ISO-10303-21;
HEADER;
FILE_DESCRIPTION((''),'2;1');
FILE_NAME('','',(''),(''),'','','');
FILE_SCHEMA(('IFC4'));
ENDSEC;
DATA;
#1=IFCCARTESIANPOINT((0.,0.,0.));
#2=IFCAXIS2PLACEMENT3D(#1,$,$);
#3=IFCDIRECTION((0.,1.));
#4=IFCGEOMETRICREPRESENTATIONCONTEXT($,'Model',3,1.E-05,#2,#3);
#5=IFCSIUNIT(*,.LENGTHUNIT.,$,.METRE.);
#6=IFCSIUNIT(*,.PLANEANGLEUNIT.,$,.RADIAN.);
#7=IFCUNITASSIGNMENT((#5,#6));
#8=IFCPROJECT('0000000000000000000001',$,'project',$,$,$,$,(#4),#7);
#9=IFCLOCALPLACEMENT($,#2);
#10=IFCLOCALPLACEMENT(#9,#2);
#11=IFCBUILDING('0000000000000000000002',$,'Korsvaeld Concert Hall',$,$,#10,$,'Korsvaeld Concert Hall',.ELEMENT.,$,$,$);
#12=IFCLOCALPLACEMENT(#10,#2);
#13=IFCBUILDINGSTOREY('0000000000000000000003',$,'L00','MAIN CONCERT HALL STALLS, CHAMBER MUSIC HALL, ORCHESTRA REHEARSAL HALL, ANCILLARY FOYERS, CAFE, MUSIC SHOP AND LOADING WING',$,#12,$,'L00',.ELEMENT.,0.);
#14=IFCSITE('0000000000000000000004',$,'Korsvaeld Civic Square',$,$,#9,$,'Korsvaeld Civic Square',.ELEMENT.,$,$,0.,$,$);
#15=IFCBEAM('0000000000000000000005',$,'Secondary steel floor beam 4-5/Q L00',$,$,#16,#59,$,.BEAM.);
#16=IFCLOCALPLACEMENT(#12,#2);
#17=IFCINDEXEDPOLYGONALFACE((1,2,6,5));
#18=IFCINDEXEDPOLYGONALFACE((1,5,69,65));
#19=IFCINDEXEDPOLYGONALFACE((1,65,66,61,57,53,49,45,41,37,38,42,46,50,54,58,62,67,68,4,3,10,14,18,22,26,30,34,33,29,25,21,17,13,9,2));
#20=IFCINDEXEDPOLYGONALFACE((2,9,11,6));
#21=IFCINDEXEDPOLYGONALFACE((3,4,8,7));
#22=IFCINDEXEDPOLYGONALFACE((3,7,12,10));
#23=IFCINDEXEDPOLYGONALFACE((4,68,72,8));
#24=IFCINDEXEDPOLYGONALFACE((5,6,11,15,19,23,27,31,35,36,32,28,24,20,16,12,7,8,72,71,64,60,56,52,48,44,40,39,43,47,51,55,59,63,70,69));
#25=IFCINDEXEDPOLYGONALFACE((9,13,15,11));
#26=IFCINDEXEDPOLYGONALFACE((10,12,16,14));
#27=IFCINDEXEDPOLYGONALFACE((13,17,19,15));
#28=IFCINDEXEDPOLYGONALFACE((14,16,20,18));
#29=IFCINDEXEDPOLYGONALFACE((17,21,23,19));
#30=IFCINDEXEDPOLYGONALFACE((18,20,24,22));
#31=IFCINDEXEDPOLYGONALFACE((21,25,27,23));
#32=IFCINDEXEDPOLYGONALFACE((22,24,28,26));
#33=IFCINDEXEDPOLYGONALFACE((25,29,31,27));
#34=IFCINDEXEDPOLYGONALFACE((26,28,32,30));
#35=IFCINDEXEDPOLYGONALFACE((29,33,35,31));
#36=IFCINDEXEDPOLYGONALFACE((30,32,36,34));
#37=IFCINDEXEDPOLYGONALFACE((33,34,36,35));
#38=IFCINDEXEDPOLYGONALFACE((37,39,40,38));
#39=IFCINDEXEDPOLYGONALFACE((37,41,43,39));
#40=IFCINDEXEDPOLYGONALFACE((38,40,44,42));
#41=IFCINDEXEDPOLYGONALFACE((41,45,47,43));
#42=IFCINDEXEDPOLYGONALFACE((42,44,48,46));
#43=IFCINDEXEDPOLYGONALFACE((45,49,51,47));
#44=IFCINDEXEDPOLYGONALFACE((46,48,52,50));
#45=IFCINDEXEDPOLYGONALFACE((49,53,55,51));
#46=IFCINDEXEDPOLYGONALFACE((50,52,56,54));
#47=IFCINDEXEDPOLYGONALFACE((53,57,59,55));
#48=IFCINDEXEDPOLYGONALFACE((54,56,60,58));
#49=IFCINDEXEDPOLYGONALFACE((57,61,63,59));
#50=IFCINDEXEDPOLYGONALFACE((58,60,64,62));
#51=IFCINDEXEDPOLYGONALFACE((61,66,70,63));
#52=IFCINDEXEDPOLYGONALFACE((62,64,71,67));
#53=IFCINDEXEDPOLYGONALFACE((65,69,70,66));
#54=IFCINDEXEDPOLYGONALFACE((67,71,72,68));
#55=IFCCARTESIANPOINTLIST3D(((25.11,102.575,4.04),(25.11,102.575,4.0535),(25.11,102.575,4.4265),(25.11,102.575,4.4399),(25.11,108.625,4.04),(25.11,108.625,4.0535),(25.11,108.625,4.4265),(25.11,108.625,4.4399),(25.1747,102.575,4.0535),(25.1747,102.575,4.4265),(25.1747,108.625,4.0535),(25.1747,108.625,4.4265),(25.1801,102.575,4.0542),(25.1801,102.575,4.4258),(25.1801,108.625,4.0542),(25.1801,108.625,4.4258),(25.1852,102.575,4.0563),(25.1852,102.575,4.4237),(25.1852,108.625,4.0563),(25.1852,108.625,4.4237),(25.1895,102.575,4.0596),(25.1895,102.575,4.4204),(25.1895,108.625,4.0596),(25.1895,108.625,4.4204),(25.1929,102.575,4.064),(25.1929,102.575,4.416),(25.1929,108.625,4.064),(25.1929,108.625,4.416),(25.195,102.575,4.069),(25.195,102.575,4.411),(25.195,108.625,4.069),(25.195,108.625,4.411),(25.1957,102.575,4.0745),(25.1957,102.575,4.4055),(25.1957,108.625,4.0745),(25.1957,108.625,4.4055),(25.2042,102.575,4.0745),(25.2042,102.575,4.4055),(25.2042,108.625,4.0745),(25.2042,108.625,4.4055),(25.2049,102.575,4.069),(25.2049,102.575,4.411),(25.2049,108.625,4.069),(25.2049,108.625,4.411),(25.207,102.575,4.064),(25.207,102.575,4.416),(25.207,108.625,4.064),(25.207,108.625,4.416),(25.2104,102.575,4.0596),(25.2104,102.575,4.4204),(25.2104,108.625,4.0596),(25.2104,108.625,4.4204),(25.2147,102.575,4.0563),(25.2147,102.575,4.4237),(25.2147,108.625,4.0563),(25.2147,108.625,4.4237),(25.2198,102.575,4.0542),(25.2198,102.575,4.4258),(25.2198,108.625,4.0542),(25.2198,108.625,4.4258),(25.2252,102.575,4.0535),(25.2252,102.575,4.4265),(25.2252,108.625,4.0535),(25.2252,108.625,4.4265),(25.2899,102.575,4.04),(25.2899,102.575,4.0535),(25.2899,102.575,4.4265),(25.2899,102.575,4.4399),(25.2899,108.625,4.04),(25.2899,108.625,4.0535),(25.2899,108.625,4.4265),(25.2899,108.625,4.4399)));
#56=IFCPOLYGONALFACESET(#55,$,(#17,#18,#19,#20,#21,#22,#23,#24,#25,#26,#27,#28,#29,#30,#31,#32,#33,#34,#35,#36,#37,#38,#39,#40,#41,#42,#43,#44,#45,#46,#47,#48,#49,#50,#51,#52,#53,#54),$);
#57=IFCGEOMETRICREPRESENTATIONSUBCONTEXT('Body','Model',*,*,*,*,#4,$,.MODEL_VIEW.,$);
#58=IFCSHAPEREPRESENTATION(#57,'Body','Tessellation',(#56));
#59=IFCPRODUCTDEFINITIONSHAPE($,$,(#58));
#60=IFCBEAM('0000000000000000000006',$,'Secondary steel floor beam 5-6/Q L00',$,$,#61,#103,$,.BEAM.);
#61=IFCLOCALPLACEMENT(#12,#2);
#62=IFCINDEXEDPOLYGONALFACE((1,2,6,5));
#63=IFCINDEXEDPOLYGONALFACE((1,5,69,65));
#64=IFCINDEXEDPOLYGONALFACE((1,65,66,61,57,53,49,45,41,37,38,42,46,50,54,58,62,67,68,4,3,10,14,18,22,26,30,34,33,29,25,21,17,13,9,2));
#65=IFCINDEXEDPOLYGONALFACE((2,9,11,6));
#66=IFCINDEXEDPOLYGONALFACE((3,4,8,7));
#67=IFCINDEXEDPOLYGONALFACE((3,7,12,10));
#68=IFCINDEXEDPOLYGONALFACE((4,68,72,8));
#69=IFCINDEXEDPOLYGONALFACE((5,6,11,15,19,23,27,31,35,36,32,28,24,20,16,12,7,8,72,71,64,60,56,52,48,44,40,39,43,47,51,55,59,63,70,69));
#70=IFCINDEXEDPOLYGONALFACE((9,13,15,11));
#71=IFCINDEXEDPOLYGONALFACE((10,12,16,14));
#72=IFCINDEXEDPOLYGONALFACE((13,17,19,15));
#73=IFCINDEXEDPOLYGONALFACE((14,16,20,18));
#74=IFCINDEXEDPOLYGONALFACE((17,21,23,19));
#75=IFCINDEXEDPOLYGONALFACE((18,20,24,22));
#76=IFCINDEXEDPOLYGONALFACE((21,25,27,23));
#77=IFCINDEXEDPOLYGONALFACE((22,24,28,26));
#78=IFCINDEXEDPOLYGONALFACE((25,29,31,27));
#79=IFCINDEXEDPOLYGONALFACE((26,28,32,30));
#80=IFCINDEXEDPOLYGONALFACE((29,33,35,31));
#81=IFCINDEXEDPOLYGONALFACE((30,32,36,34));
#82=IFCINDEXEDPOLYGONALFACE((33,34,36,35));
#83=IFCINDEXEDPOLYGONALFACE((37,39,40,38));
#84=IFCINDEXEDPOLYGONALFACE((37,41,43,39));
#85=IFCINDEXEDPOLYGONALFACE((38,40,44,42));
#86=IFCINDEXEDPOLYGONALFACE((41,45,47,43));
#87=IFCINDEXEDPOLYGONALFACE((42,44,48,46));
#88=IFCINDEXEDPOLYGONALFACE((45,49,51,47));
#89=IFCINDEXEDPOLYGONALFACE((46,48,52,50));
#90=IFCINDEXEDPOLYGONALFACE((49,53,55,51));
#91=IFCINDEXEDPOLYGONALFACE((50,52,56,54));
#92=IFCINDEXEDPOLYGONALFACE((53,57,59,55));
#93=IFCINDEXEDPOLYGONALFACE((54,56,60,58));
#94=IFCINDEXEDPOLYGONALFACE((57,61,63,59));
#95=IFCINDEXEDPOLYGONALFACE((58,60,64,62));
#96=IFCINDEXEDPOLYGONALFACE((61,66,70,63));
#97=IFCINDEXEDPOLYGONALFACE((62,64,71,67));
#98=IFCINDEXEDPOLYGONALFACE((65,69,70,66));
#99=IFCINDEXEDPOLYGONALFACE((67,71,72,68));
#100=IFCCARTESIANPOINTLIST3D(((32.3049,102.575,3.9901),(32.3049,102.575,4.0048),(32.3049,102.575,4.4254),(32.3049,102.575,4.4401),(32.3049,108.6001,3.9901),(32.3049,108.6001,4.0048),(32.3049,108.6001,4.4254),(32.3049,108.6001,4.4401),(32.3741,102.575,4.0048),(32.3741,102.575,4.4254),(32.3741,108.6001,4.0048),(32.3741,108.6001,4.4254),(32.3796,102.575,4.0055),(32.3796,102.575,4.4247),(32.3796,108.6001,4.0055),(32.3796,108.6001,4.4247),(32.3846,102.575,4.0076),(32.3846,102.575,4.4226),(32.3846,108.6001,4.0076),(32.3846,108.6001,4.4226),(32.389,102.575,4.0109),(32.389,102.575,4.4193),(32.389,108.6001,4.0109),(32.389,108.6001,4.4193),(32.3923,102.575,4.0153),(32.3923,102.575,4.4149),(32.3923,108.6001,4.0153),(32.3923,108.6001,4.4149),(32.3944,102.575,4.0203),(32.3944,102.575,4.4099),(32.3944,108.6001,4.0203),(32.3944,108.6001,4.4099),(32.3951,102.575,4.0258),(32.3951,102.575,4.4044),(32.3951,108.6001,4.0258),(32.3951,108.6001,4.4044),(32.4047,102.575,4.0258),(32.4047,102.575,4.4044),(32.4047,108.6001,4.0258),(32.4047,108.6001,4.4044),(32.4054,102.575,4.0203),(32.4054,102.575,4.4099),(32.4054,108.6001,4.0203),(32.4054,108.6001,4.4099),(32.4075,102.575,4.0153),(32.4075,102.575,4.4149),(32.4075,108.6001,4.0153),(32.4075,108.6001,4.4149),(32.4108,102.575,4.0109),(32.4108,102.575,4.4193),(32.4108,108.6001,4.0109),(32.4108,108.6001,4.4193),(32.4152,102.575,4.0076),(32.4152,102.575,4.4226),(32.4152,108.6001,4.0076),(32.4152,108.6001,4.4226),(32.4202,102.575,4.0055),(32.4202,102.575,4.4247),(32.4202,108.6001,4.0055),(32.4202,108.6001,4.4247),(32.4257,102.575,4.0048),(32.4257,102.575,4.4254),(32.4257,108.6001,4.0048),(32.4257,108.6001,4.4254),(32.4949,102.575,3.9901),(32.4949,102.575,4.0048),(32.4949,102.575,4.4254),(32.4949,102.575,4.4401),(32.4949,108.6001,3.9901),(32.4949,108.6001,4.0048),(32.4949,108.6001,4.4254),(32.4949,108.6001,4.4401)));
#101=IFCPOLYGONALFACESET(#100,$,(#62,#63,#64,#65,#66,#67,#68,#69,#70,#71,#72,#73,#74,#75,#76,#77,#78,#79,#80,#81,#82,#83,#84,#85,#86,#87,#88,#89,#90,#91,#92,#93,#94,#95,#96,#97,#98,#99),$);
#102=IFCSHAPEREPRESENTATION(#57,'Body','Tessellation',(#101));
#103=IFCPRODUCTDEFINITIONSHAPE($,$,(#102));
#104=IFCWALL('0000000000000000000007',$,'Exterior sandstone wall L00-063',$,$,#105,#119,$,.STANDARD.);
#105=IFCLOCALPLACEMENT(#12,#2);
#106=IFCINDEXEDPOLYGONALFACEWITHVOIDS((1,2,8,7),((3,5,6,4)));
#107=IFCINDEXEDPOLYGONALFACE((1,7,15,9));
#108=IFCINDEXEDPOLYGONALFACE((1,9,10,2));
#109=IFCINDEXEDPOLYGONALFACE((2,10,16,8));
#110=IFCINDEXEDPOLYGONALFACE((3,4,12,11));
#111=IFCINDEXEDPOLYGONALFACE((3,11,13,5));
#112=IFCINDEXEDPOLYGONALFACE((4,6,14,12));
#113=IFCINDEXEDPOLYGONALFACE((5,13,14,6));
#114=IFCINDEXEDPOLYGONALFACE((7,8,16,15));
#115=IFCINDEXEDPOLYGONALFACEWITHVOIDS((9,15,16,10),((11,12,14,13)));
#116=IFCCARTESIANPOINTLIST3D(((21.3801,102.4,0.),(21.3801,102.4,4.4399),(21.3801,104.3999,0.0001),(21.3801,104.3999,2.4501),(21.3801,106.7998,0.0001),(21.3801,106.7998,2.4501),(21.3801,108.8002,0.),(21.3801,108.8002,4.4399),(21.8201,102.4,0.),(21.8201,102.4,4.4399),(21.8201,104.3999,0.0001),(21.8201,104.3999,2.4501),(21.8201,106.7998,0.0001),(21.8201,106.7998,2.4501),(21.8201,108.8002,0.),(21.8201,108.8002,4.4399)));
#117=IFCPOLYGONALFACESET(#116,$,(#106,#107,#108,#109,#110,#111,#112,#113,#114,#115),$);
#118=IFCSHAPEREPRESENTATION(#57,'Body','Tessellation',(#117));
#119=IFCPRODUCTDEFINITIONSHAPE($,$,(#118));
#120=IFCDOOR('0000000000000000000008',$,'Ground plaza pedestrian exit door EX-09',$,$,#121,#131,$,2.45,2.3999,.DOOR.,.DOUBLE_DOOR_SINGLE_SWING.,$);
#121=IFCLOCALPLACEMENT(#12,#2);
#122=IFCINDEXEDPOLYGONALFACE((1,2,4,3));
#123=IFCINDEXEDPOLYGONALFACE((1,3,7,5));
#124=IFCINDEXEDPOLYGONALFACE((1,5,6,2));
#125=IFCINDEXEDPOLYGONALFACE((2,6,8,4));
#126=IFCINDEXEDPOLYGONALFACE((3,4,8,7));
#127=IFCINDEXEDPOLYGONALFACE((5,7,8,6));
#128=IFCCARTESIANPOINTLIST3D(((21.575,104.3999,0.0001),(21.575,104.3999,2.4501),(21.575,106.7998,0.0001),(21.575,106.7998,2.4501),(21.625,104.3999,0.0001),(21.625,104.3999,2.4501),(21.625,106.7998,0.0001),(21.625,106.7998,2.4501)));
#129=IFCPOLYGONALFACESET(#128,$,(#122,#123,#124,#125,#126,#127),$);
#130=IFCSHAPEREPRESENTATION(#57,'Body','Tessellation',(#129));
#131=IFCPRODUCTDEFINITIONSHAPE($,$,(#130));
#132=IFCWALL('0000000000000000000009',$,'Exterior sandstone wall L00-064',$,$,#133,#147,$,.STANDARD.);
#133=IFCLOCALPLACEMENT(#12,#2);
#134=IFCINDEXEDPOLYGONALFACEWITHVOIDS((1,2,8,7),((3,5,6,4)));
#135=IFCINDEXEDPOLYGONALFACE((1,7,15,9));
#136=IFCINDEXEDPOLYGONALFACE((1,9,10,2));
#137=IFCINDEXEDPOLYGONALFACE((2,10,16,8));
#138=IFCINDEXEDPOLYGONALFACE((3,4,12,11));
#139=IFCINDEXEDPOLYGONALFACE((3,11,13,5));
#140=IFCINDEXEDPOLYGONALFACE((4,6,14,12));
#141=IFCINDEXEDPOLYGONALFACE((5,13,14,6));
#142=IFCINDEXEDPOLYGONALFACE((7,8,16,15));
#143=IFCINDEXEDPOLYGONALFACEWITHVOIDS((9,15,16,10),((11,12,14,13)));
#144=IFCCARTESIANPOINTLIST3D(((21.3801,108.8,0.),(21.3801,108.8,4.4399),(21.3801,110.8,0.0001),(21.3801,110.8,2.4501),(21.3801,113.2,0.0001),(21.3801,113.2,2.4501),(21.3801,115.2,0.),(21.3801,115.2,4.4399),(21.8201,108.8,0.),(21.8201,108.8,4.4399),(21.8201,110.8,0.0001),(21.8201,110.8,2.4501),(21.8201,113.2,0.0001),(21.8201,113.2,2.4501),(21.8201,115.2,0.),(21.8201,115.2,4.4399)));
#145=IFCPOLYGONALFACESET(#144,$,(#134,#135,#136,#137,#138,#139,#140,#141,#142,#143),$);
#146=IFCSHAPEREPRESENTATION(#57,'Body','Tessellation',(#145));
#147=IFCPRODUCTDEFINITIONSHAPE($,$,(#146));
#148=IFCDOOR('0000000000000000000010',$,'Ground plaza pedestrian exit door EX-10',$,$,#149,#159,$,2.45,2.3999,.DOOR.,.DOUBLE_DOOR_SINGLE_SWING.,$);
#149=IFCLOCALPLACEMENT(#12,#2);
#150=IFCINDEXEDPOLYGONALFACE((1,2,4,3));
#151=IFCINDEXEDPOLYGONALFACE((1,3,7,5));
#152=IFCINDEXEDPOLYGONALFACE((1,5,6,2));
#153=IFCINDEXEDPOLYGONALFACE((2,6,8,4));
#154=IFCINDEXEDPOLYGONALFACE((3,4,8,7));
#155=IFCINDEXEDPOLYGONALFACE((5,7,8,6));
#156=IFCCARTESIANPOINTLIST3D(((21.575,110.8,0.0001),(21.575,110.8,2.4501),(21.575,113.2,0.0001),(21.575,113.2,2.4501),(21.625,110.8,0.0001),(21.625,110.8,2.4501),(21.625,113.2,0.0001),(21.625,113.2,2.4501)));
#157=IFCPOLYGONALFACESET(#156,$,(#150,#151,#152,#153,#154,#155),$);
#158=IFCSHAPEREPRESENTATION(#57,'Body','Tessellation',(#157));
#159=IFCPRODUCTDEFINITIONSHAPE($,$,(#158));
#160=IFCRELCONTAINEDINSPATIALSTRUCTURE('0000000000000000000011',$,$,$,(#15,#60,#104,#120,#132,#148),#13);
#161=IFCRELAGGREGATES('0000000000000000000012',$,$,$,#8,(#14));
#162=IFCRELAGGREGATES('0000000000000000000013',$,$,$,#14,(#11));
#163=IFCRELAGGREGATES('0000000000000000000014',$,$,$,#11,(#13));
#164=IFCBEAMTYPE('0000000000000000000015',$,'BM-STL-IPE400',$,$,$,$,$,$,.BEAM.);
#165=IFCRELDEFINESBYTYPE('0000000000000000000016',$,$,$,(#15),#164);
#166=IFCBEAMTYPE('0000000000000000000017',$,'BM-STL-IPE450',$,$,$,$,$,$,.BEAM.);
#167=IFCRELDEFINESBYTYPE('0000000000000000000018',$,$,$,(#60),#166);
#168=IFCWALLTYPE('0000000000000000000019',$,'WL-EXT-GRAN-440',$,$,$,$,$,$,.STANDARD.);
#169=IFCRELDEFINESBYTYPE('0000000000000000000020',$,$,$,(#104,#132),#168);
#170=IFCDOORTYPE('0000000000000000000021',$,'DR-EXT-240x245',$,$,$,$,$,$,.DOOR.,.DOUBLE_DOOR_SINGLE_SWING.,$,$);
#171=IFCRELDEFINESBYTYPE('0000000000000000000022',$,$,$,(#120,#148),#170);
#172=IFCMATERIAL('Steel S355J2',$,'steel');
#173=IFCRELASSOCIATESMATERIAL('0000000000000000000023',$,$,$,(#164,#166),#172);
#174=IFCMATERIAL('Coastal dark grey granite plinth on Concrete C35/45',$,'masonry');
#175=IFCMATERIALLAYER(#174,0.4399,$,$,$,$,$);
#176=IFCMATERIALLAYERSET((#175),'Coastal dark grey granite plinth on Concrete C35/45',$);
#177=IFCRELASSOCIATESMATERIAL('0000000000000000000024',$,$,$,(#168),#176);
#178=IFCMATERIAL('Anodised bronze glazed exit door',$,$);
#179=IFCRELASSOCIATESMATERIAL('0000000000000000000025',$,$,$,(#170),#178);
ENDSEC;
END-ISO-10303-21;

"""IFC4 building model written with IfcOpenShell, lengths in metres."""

from ifc_helpers import new_model, si_unit, direction, frame, frame_2d, origin, origin_2d, place, context, subcontext, project, spatial, rectangle, i_section, extrude, material, layer, layer_set, material_profile, profile_set, type_object, element, fill, save


model = new_model("IFC4")

# Units and contexts
model_context = context("Model", 3, precision=1e-05, world=origin(), true_north=direction((0.0, 1.0)))
body_context = subcontext(model_context, "Body", "Model", "MODEL_VIEW")
ifc_project = project(units=[si_unit("LENGTHUNIT", "METRE"), si_unit("PLANEANGLEUNIT", "RADIAN")], contexts=[model_context])

# Site, building, storey
site_placement = place(None, origin())
site = spatial("IfcSite", under=ifc_project, at=site_placement, Name="Korsvaeld Civic Square", LongName="Korsvaeld Civic Square", CompositionType="ELEMENT", RefElevation=0.0)
building_placement = place(site_placement, origin())
building = spatial("IfcBuilding", under=site, at=building_placement, Name="Korsvaeld Concert Hall", LongName="Korsvaeld Concert Hall", CompositionType="ELEMENT")
storey_placement = place(building_placement, origin())
storey = spatial("IfcBuildingStorey", under=building, at=storey_placement, Name="L00", Description="MAIN CONCERT HALL STALLS, CHAMBER MUSIC HALL, ORCHESTRA REHEARSAL HALL, ANCILLARY FOYERS, CAFE, MUSIC SHOP AND LOADING WING", LongName="L00", CompositionType="ELEMENT", Elevation=0.0)

# Beams
ifc_material_1 = material(Name="Steel S355J2", Category="steel")
ifc_material_profile_1 = material_profile(ifc_material_1, i_section(OverallWidth=0.1799, OverallDepth=0.3999, WebThickness=0.0085, FlangeThickness=0.0134, FilletRadius=0.021, at=origin_2d()), Name="IPE 400")
ifc_profile_set_1 = profile_set([ifc_material_profile_1], Name="Steel S355J2")
beam_type_1 = type_object("IfcBeamType", Name="BM-STL-IPE400", PredefinedType="BEAM", material=ifc_profile_set_1)
beam_1_placement = place(storey_placement, frame((25.2, 102.575, 4.24), z_axis=(0.0, 1.0, 0.0), x_axis=(-1.0, 0.0, 0.0)))
element("IfcBeam", 1, at=beam_1_placement, inside=storey, type_object=beam_type_1, Name="Secondary steel floor beam 4-5/Q L00", PredefinedType="BEAM", context=body_context, shape_type="SweptSolid", body=[
    extrude(i_section(OverallWidth=0.1799, OverallDepth=0.3999, WebThickness=0.0085, FlangeThickness=0.0134, FilletRadius=0.021, at=origin_2d()), origin(), (0.0, 0.0, 1.0), 6.05),
])
ifc_material_profile_2 = material_profile(ifc_material_1, i_section(OverallWidth=0.1899, OverallDepth=0.45, WebThickness=0.0095, FlangeThickness=0.0146, FilletRadius=0.021, at=origin_2d()), Name="IPE 450")
ifc_profile_set_2 = profile_set([ifc_material_profile_2], Name="Steel S355J2")
beam_type_2 = type_object("IfcBeamType", Name="BM-STL-IPE450", PredefinedType="BEAM", material=ifc_profile_set_2)
beam_2_placement = place(storey_placement, frame((32.3999, 102.575, 4.2151), z_axis=(0.0, 1.0, 0.0), x_axis=(-1.0, 0.0, 0.0)))
element("IfcBeam", 2, at=beam_2_placement, inside=storey, type_object=beam_type_2, Name="Secondary steel floor beam 5-6/Q L00", PredefinedType="BEAM", context=body_context, shape_type="SweptSolid", body=[
    extrude(i_section(OverallWidth=0.1899, OverallDepth=0.45, WebThickness=0.0095, FlangeThickness=0.0146, FilletRadius=0.021, at=origin_2d()), origin(), (0.0, 0.0, 1.0), 6.0251),
])

# Walls, openings, doors
ifc_material_2 = material(Name="Coastal dark grey granite plinth on Concrete C35/45", Category="masonry")
ifc_layer_1 = layer(ifc_material_2, 0.4399)
ifc_layer_set_1 = layer_set([ifc_layer_1], Name="Coastal dark grey granite plinth on Concrete C35/45")
wall_type_1 = type_object("IfcWallType", Name="WL-EXT-GRAN-440", PredefinedType="STANDARD", material=ifc_layer_set_1)
wall_1_placement = place(storey_placement, frame((21.6001, 102.3999, 0.0), z_axis=(0.0, 0.0, 1.0), x_axis=(0.0, 1.0, 0.0)))
wall_1 = element("IfcWall", 3, at=wall_1_placement, inside=storey, type_object=wall_type_1, Name="Exterior sandstone wall L00-063", PredefinedType="STANDARD", context=body_context, shape_type="SweptSolid", body=[
    extrude(rectangle(XDim=6.4001, YDim=0.4399, at=frame_2d((3.2002, 0.0))), origin(), (0.0, 0.0, 1.0), 4.4399),
])
opening_1_placement = place(wall_1_placement, frame((2.0, 0.0, 0.0)))
opening_1 = element("IfcOpeningElement", 4, at=opening_1_placement, cuts=wall_1, PredefinedType="OPENING", context=body_context, shape_type="SweptSolid", body=[
    extrude(rectangle(XDim=2.3999, YDim=2.45, at=frame_2d((1.2, 1.2251))), frame((0.0, 0.23, 0.0), z_axis=(0.0, -1.0, 0.0), x_axis=(1.0, 0.0, 0.0)), (0.0, 0.0, 1.0), 0.46),
])
ifc_material_3 = material(Name="Anodised bronze glazed exit door")
door_type_1 = type_object("IfcDoorType", Name="DR-EXT-240x245", OperationType="DOUBLE_DOOR_SINGLE_SWING", PredefinedType="DOOR", material=ifc_material_3)
door_1_placement = place(opening_1_placement, frame((2.3999, 0.0, 0.0), z_axis=(0.0, 0.0, 1.0), x_axis=(-1.0, 0.0, 0.0)))
door_1 = element("IfcDoor", 5, at=door_1_placement, inside=storey, type_object=door_type_1, Name="Ground plaza pedestrian exit door EX-09", OperationType="DOUBLE_DOOR_SINGLE_SWING", OverallHeight=2.45, OverallWidth=2.3999, PredefinedType="DOOR", context=body_context, shape_type="SweptSolid", body=[
    extrude(rectangle(XDim=2.3999, YDim=2.45, at=frame_2d((1.2, 1.2251))), frame((0.0, 0.0249, 0.0), z_axis=(0.0, -1.0, 0.0), x_axis=(1.0, 0.0, 0.0)), (0.0, 0.0, 1.0), 0.05),
])
fill(opening_1, door_1)
wall_2_placement = place(storey_placement, frame((21.6001, 108.8, 0.0), z_axis=(0.0, 0.0, 1.0), x_axis=(0.0, 1.0, 0.0)))
wall_2 = element("IfcWall", 6, at=wall_2_placement, inside=storey, type_object=wall_type_1, Name="Exterior sandstone wall L00-064", PredefinedType="STANDARD", context=body_context, shape_type="SweptSolid", body=[
    extrude(rectangle(XDim=6.3999, YDim=0.4399, at=frame_2d((3.2, 0.0))), origin(), (0.0, 0.0, 1.0), 4.4399),
])
opening_2_placement = place(wall_2_placement, frame((2.0, 0.0, 0.0)))
opening_2 = element("IfcOpeningElement", 7, at=opening_2_placement, cuts=wall_2, PredefinedType="OPENING", context=body_context, shape_type="SweptSolid", body=[
    extrude(rectangle(XDim=2.3999, YDim=2.45, at=frame_2d((1.2, 1.2251))), frame((0.0, 0.23, 0.0), z_axis=(0.0, -1.0, 0.0), x_axis=(1.0, 0.0, 0.0)), (0.0, 0.0, 1.0), 0.46),
])
door_2_placement = place(opening_2_placement, frame((2.3999, 0.0, 0.0), z_axis=(0.0, 0.0, 1.0), x_axis=(-1.0, 0.0, 0.0)))
door_2 = element("IfcDoor", 8, at=door_2_placement, inside=storey, type_object=door_type_1, Name="Ground plaza pedestrian exit door EX-10", OperationType="DOUBLE_DOOR_SINGLE_SWING", OverallHeight=2.45, OverallWidth=2.3999, PredefinedType="DOOR", context=body_context, shape_type="SweptSolid", body=[
    extrude(rectangle(XDim=2.3999, YDim=2.45, at=frame_2d((1.2, 1.2251))), frame((0.0, 0.0249, 0.0), z_axis=(0.0, -1.0, 0.0), x_axis=(1.0, 0.0, 0.0)), (0.0, 0.0, 1.0), 0.05),
])
fill(opening_2, door_2)

save(model, "model.ifc")
